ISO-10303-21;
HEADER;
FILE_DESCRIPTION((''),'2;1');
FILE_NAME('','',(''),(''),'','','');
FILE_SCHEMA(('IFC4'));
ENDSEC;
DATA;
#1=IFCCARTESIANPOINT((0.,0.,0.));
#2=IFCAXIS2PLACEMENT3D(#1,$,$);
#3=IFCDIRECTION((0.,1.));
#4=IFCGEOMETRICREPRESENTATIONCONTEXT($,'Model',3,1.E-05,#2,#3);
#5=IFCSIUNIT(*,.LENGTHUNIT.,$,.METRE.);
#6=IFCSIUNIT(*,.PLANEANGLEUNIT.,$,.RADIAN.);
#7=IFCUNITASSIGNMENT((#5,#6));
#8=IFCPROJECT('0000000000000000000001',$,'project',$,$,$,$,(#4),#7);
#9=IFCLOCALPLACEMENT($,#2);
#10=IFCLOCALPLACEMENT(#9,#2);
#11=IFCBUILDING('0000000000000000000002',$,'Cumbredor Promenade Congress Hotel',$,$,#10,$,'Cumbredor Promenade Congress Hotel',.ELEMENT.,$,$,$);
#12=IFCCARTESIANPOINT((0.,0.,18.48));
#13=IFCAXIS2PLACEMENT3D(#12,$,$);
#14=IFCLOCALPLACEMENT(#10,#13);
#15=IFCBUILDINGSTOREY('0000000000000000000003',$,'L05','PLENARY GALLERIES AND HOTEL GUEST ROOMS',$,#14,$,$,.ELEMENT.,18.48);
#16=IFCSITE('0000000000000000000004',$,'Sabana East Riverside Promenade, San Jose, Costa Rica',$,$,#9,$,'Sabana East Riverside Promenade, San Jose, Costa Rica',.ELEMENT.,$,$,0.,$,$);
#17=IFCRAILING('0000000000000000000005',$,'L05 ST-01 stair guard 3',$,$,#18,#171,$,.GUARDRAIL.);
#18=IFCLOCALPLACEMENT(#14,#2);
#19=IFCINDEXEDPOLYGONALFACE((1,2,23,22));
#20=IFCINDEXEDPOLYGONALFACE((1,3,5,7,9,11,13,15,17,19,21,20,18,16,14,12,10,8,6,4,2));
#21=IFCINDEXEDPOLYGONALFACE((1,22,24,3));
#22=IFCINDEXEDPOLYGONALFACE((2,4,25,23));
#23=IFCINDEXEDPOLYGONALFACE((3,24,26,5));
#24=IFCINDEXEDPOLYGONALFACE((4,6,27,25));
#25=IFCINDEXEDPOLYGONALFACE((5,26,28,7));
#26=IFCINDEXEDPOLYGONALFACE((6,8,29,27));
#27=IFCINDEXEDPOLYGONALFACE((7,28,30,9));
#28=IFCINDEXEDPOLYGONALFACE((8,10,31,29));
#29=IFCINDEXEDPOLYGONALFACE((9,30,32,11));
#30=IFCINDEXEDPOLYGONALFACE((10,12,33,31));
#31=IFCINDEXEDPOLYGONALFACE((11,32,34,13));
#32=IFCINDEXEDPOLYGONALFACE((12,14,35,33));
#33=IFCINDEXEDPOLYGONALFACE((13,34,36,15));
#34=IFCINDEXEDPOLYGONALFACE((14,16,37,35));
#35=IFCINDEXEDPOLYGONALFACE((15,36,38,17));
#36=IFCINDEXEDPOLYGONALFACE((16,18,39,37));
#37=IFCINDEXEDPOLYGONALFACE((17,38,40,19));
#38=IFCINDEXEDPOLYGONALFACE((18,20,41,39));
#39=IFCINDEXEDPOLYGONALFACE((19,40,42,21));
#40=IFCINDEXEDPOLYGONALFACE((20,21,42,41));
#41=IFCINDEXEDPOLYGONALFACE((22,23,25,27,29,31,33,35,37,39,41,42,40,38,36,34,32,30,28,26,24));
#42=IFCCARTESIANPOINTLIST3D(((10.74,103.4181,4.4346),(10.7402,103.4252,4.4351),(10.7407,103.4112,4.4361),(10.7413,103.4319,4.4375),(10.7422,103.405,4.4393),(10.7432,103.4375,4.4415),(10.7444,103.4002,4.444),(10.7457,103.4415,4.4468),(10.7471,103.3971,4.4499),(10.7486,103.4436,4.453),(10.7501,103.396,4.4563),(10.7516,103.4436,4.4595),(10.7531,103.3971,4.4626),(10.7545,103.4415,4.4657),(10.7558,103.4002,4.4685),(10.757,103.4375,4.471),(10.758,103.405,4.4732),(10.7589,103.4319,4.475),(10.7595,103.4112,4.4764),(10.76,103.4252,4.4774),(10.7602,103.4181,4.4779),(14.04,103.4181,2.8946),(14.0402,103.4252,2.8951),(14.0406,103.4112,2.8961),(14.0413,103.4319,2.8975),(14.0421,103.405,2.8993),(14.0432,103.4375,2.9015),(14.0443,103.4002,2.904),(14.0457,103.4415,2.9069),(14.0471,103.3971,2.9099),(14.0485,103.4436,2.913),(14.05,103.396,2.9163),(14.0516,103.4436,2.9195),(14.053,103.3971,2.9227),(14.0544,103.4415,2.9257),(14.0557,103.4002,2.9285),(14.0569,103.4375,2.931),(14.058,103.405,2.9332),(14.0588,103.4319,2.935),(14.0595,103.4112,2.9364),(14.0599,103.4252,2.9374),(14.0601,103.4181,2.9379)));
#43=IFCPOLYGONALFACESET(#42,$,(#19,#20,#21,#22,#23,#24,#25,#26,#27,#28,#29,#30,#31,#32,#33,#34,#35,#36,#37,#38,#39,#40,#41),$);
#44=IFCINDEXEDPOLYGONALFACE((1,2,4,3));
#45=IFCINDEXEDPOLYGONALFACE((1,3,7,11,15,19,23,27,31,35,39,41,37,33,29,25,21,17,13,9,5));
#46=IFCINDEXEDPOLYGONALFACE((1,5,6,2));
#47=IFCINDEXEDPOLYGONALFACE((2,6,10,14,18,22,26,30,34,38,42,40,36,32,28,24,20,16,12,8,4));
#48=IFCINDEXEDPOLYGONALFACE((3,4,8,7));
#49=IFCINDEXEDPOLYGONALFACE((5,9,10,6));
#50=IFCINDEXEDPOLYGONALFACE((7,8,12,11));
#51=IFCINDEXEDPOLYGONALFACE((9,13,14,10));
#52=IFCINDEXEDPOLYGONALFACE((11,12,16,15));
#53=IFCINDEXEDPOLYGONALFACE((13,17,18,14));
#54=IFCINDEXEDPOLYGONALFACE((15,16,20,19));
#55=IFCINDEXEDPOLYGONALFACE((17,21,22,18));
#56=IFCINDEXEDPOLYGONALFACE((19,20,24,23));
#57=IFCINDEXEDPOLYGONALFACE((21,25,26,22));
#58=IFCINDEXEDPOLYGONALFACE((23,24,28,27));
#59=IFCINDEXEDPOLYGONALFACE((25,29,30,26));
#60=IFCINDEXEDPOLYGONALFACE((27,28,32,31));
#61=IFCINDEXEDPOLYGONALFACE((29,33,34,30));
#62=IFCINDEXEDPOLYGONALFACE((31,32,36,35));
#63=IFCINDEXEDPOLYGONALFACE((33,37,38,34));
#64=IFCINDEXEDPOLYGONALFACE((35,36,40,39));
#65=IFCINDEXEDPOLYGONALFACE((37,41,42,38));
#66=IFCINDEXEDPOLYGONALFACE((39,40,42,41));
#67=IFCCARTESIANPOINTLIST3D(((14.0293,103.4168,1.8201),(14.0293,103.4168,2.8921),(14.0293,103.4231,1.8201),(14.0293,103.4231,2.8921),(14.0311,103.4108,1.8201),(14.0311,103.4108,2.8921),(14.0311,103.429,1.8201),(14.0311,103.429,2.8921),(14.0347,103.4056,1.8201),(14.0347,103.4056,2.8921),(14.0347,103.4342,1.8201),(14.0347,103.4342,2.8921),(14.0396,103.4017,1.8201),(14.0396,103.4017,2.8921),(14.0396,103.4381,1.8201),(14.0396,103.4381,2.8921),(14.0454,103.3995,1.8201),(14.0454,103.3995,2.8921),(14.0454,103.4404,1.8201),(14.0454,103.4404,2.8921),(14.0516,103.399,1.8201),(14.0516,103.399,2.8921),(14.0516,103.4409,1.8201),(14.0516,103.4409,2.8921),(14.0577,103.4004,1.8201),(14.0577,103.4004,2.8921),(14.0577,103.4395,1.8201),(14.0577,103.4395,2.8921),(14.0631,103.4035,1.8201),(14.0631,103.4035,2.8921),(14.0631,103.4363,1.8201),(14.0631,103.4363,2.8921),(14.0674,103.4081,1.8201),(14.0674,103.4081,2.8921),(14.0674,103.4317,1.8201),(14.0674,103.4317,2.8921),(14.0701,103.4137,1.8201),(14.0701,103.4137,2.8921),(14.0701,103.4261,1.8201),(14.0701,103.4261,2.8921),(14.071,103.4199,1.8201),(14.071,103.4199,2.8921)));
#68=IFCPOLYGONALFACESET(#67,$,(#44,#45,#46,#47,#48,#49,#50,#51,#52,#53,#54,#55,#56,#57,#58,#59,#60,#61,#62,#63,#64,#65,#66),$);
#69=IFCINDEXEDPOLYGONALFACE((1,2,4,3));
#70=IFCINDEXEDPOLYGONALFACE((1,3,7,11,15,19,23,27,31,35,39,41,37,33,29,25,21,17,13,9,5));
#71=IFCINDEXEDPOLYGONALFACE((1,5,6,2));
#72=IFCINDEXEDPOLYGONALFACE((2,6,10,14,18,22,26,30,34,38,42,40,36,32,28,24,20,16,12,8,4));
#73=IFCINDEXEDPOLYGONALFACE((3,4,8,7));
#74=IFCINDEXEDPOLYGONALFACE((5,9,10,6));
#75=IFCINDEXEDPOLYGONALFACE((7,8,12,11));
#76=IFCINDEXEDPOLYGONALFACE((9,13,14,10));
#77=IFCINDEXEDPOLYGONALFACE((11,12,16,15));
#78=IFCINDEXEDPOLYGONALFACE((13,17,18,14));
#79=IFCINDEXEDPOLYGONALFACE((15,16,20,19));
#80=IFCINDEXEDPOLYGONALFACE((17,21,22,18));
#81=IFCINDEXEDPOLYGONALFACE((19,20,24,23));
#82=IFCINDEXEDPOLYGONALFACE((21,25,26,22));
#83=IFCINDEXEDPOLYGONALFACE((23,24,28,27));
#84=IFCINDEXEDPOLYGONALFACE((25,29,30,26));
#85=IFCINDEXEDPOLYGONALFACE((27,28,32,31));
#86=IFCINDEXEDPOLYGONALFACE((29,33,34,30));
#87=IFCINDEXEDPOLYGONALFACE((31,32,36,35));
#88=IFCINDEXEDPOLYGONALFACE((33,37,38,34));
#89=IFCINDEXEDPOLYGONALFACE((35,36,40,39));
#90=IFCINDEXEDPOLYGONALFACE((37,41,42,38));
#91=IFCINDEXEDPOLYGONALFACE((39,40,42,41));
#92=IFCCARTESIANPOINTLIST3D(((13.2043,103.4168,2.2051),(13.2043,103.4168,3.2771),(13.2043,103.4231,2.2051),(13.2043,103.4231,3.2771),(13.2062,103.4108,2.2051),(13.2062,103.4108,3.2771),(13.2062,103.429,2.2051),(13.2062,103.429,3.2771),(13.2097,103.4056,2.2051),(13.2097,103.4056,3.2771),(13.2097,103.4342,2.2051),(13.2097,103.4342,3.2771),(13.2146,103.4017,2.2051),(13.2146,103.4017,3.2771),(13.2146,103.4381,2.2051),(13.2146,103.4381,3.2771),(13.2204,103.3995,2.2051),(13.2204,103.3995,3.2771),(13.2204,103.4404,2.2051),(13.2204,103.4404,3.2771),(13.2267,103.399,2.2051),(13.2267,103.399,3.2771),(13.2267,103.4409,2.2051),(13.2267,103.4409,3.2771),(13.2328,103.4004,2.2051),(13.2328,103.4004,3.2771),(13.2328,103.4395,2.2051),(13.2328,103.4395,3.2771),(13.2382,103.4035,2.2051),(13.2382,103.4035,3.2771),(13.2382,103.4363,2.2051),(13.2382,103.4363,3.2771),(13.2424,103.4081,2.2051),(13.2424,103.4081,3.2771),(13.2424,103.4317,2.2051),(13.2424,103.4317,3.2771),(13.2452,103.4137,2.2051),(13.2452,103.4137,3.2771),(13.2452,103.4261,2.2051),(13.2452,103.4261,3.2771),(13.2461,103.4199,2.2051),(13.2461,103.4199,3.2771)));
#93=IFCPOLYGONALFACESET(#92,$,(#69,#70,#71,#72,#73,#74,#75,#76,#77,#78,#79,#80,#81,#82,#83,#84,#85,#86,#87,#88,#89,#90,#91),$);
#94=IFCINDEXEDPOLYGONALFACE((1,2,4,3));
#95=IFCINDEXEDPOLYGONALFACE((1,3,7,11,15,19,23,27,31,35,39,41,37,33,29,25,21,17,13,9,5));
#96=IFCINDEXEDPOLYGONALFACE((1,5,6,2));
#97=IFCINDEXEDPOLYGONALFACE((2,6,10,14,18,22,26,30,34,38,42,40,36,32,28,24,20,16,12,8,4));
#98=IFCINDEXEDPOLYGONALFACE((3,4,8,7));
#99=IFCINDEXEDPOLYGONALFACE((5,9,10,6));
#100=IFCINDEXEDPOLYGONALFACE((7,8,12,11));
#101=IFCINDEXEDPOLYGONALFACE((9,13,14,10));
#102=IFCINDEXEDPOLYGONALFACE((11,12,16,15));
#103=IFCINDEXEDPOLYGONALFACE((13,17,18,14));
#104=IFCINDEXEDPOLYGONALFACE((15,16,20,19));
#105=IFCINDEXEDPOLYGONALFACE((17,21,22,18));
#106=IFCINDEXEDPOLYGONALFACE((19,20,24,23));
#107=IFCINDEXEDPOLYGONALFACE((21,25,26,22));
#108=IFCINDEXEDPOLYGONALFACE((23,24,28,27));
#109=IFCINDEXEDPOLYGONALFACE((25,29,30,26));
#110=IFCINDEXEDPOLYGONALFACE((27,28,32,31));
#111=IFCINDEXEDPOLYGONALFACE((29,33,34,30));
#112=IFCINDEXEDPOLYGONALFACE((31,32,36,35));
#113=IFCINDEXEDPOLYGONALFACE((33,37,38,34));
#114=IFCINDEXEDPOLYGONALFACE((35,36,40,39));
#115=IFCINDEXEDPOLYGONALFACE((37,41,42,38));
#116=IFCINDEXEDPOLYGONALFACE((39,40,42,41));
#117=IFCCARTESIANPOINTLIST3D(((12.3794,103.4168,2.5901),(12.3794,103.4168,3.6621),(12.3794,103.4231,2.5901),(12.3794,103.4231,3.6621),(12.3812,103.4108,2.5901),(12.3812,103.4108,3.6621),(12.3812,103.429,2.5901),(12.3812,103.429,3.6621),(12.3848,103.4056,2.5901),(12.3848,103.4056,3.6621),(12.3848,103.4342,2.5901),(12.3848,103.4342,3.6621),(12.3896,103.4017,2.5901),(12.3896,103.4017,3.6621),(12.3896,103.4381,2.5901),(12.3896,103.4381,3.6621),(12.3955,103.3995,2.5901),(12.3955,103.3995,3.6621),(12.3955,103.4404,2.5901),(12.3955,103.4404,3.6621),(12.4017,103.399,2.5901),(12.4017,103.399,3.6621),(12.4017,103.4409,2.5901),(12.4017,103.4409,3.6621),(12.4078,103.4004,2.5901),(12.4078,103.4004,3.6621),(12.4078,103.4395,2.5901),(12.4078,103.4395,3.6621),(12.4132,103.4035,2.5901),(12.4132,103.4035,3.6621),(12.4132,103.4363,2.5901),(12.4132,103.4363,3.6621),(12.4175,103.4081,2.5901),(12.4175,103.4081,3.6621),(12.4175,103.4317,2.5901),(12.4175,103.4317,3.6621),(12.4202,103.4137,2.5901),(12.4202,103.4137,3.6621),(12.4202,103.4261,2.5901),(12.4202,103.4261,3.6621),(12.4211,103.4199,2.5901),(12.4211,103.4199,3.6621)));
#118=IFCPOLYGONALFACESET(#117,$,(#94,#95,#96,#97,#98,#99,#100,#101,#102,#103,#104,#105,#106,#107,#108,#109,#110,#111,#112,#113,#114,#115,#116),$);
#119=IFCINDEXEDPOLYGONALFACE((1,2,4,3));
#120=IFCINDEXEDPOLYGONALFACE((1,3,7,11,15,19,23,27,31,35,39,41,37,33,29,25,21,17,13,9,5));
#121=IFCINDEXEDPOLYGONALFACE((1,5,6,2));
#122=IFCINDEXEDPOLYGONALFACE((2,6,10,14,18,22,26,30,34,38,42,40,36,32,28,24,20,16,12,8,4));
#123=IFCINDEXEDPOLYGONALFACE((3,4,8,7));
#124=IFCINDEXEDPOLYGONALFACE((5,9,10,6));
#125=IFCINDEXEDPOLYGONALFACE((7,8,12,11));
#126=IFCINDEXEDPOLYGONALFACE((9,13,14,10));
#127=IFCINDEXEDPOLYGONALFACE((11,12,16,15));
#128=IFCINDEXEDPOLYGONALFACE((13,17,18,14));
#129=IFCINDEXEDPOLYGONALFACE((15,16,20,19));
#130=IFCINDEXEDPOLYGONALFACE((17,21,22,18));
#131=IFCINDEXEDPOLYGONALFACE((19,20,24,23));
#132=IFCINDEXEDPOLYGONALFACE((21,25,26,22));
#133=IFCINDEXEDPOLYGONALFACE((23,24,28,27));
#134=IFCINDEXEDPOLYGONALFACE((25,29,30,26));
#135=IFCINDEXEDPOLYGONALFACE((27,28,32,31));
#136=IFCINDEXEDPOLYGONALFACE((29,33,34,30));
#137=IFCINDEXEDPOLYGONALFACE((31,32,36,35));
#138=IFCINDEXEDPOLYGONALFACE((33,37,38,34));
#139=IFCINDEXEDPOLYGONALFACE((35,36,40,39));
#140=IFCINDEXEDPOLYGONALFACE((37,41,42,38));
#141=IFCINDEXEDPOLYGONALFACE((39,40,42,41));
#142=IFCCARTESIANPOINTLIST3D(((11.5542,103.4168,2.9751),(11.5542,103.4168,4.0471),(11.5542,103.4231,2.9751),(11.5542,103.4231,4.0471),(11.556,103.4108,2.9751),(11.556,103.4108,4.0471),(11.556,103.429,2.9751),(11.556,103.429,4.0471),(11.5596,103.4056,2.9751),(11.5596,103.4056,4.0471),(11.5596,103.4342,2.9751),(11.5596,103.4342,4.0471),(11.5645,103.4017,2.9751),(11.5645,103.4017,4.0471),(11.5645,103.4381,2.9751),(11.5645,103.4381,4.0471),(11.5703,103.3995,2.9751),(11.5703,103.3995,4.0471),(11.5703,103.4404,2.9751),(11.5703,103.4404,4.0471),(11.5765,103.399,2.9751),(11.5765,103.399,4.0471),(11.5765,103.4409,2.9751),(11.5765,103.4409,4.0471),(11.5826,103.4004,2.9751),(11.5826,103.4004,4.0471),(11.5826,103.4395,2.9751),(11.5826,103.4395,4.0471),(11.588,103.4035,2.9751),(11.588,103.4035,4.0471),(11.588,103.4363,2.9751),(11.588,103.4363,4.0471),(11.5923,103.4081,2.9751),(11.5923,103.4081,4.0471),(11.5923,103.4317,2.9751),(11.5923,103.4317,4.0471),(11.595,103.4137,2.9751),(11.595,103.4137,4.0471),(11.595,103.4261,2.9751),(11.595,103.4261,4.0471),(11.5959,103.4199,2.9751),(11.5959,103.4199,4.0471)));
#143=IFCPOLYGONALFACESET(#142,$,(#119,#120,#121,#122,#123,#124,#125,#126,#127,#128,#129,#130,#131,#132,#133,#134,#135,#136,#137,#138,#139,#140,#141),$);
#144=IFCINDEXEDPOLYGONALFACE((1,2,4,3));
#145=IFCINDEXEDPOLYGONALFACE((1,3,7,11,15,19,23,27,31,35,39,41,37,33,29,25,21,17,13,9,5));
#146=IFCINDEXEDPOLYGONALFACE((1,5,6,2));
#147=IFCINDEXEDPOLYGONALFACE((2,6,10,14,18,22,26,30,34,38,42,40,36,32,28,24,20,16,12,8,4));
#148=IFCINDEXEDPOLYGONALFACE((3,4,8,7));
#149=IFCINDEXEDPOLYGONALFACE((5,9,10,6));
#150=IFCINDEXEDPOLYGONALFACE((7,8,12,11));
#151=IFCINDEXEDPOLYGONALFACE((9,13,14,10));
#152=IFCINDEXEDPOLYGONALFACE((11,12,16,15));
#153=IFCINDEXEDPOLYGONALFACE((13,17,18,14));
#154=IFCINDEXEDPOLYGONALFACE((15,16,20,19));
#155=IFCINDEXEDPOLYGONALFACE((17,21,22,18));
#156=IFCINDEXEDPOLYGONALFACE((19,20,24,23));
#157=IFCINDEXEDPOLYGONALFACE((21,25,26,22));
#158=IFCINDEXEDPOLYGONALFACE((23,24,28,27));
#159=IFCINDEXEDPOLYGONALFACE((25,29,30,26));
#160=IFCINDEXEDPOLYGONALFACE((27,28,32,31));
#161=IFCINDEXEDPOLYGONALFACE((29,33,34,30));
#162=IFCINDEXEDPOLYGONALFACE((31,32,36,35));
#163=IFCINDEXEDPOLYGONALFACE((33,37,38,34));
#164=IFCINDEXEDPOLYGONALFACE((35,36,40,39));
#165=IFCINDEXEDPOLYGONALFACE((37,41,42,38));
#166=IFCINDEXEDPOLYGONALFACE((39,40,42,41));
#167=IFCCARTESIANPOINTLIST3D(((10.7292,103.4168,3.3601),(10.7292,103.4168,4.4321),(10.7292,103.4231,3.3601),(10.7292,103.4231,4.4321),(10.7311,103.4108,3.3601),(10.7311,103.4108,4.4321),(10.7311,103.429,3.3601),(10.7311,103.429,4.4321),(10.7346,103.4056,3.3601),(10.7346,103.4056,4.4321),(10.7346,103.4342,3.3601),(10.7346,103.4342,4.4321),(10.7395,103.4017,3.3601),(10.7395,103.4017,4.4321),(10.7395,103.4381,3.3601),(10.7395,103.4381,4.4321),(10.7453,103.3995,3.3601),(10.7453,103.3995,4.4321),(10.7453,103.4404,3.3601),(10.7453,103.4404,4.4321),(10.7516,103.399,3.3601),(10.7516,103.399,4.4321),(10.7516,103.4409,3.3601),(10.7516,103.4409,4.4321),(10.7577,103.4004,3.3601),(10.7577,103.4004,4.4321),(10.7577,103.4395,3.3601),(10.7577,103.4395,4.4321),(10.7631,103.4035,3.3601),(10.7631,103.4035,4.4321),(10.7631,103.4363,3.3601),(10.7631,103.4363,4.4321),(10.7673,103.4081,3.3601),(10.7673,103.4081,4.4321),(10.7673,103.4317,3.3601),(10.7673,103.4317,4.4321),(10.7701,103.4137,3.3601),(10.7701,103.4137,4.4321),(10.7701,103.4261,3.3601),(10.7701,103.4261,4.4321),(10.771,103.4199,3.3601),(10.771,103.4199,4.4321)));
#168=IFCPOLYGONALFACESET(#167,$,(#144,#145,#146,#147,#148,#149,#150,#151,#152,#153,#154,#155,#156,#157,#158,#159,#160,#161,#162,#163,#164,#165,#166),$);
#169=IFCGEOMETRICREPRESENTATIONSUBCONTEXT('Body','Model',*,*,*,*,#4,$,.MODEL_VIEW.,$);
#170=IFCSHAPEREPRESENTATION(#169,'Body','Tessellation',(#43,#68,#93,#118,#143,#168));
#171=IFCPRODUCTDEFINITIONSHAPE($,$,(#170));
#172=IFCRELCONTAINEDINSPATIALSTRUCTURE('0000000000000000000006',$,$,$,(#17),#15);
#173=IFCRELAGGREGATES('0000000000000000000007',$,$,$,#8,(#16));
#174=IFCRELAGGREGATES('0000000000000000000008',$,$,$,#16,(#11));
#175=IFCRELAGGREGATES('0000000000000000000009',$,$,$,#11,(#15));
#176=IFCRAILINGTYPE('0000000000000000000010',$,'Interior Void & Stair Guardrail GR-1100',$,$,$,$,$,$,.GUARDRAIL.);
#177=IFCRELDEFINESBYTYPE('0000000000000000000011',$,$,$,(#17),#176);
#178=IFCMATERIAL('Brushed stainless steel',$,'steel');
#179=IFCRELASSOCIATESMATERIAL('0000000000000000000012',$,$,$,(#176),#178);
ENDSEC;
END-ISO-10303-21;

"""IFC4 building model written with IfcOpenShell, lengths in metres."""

from ifc_helpers import new_model, si_unit, direction, frame, origin, origin_2d, place, context, subcontext, project, spatial, circle, extrude, material, type_object, element, save


model = new_model("IFC4")

# Units and contexts
model_context = context("Model", 3, precision=1e-05, world=origin(), true_north=direction((0.0, 1.0)))
body_context = subcontext(model_context, "Body", "Model", "MODEL_VIEW")
ifc_project = project(units=[si_unit("LENGTHUNIT", "METRE"), si_unit("PLANEANGLEUNIT", "RADIAN")], contexts=[model_context])

# Site, building, storey
site_placement = place(None, origin())
site = spatial("IfcSite", under=ifc_project, at=site_placement, Name="Sabana East Riverside Promenade, San Jose, Costa Rica", LongName="Sabana East Riverside Promenade, San Jose, Costa Rica", CompositionType="ELEMENT", RefElevation=0.0)
building_placement = place(site_placement, origin())
building = spatial("IfcBuilding", under=site, at=building_placement, Name="Cumbredor Promenade Congress Hotel", LongName="Cumbredor Promenade Congress Hotel", CompositionType="ELEMENT")
storey_placement = place(building_placement, frame((0.0, 0.0, 18.48)))
storey = spatial("IfcBuildingStorey", under=building, at=storey_placement, Name="L05", Description="PLENARY GALLERIES AND HOTEL GUEST ROOMS", CompositionType="ELEMENT", Elevation=18.48)

# Railing
ifc_material_1 = material(Name="Brushed stainless steel", Category="steel")
railing_type_1 = type_object("IfcRailingType", Name="Interior Void & Stair Guardrail GR-1100", PredefinedType="GUARDRAIL", material=ifc_material_1)
railing_1_placement = place(storey_placement, frame((14.05, 103.4199, 1.8201)))
element("IfcRailing", 1, at=railing_1_placement, inside=storey, type_object=railing_type_1, Name="L05 ST-01 stair guard 3", PredefinedType="GUARDRAIL", context=body_context, shape_type="SweptSolid", body=[
    extrude(circle(Radius=0.0239, at=origin_2d()), frame((0.0, 0.0, 1.0962), z_axis=(-0.906181, 0.0, 0.422889), x_axis=(0.0, -1.0, 0.0)), (0.0, 0.0, 1.0), 3.6416),
    extrude(circle(Radius=0.021, at=origin_2d()), origin(), (0.0, 0.0, 1.0), 1.072),
    extrude(circle(Radius=0.021, at=origin_2d()), frame((-0.825, 0.0, 0.385)), (0.0, 0.0, 1.0), 1.072),
    extrude(circle(Radius=0.021, at=origin_2d()), frame((-1.6499, 0.0, 0.77)), (0.0, 0.0, 1.0), 1.072),
    extrude(circle(Radius=0.021, at=origin_2d()), frame((-2.4751, 0.0, 1.155)), (0.0, 0.0, 1.0), 1.072),
    extrude(circle(Radius=0.021, at=origin_2d()), frame((-3.3, 0.0, 1.54)), (0.0, 0.0, 1.0), 1.072),
])

save(model, "model.ifc")
